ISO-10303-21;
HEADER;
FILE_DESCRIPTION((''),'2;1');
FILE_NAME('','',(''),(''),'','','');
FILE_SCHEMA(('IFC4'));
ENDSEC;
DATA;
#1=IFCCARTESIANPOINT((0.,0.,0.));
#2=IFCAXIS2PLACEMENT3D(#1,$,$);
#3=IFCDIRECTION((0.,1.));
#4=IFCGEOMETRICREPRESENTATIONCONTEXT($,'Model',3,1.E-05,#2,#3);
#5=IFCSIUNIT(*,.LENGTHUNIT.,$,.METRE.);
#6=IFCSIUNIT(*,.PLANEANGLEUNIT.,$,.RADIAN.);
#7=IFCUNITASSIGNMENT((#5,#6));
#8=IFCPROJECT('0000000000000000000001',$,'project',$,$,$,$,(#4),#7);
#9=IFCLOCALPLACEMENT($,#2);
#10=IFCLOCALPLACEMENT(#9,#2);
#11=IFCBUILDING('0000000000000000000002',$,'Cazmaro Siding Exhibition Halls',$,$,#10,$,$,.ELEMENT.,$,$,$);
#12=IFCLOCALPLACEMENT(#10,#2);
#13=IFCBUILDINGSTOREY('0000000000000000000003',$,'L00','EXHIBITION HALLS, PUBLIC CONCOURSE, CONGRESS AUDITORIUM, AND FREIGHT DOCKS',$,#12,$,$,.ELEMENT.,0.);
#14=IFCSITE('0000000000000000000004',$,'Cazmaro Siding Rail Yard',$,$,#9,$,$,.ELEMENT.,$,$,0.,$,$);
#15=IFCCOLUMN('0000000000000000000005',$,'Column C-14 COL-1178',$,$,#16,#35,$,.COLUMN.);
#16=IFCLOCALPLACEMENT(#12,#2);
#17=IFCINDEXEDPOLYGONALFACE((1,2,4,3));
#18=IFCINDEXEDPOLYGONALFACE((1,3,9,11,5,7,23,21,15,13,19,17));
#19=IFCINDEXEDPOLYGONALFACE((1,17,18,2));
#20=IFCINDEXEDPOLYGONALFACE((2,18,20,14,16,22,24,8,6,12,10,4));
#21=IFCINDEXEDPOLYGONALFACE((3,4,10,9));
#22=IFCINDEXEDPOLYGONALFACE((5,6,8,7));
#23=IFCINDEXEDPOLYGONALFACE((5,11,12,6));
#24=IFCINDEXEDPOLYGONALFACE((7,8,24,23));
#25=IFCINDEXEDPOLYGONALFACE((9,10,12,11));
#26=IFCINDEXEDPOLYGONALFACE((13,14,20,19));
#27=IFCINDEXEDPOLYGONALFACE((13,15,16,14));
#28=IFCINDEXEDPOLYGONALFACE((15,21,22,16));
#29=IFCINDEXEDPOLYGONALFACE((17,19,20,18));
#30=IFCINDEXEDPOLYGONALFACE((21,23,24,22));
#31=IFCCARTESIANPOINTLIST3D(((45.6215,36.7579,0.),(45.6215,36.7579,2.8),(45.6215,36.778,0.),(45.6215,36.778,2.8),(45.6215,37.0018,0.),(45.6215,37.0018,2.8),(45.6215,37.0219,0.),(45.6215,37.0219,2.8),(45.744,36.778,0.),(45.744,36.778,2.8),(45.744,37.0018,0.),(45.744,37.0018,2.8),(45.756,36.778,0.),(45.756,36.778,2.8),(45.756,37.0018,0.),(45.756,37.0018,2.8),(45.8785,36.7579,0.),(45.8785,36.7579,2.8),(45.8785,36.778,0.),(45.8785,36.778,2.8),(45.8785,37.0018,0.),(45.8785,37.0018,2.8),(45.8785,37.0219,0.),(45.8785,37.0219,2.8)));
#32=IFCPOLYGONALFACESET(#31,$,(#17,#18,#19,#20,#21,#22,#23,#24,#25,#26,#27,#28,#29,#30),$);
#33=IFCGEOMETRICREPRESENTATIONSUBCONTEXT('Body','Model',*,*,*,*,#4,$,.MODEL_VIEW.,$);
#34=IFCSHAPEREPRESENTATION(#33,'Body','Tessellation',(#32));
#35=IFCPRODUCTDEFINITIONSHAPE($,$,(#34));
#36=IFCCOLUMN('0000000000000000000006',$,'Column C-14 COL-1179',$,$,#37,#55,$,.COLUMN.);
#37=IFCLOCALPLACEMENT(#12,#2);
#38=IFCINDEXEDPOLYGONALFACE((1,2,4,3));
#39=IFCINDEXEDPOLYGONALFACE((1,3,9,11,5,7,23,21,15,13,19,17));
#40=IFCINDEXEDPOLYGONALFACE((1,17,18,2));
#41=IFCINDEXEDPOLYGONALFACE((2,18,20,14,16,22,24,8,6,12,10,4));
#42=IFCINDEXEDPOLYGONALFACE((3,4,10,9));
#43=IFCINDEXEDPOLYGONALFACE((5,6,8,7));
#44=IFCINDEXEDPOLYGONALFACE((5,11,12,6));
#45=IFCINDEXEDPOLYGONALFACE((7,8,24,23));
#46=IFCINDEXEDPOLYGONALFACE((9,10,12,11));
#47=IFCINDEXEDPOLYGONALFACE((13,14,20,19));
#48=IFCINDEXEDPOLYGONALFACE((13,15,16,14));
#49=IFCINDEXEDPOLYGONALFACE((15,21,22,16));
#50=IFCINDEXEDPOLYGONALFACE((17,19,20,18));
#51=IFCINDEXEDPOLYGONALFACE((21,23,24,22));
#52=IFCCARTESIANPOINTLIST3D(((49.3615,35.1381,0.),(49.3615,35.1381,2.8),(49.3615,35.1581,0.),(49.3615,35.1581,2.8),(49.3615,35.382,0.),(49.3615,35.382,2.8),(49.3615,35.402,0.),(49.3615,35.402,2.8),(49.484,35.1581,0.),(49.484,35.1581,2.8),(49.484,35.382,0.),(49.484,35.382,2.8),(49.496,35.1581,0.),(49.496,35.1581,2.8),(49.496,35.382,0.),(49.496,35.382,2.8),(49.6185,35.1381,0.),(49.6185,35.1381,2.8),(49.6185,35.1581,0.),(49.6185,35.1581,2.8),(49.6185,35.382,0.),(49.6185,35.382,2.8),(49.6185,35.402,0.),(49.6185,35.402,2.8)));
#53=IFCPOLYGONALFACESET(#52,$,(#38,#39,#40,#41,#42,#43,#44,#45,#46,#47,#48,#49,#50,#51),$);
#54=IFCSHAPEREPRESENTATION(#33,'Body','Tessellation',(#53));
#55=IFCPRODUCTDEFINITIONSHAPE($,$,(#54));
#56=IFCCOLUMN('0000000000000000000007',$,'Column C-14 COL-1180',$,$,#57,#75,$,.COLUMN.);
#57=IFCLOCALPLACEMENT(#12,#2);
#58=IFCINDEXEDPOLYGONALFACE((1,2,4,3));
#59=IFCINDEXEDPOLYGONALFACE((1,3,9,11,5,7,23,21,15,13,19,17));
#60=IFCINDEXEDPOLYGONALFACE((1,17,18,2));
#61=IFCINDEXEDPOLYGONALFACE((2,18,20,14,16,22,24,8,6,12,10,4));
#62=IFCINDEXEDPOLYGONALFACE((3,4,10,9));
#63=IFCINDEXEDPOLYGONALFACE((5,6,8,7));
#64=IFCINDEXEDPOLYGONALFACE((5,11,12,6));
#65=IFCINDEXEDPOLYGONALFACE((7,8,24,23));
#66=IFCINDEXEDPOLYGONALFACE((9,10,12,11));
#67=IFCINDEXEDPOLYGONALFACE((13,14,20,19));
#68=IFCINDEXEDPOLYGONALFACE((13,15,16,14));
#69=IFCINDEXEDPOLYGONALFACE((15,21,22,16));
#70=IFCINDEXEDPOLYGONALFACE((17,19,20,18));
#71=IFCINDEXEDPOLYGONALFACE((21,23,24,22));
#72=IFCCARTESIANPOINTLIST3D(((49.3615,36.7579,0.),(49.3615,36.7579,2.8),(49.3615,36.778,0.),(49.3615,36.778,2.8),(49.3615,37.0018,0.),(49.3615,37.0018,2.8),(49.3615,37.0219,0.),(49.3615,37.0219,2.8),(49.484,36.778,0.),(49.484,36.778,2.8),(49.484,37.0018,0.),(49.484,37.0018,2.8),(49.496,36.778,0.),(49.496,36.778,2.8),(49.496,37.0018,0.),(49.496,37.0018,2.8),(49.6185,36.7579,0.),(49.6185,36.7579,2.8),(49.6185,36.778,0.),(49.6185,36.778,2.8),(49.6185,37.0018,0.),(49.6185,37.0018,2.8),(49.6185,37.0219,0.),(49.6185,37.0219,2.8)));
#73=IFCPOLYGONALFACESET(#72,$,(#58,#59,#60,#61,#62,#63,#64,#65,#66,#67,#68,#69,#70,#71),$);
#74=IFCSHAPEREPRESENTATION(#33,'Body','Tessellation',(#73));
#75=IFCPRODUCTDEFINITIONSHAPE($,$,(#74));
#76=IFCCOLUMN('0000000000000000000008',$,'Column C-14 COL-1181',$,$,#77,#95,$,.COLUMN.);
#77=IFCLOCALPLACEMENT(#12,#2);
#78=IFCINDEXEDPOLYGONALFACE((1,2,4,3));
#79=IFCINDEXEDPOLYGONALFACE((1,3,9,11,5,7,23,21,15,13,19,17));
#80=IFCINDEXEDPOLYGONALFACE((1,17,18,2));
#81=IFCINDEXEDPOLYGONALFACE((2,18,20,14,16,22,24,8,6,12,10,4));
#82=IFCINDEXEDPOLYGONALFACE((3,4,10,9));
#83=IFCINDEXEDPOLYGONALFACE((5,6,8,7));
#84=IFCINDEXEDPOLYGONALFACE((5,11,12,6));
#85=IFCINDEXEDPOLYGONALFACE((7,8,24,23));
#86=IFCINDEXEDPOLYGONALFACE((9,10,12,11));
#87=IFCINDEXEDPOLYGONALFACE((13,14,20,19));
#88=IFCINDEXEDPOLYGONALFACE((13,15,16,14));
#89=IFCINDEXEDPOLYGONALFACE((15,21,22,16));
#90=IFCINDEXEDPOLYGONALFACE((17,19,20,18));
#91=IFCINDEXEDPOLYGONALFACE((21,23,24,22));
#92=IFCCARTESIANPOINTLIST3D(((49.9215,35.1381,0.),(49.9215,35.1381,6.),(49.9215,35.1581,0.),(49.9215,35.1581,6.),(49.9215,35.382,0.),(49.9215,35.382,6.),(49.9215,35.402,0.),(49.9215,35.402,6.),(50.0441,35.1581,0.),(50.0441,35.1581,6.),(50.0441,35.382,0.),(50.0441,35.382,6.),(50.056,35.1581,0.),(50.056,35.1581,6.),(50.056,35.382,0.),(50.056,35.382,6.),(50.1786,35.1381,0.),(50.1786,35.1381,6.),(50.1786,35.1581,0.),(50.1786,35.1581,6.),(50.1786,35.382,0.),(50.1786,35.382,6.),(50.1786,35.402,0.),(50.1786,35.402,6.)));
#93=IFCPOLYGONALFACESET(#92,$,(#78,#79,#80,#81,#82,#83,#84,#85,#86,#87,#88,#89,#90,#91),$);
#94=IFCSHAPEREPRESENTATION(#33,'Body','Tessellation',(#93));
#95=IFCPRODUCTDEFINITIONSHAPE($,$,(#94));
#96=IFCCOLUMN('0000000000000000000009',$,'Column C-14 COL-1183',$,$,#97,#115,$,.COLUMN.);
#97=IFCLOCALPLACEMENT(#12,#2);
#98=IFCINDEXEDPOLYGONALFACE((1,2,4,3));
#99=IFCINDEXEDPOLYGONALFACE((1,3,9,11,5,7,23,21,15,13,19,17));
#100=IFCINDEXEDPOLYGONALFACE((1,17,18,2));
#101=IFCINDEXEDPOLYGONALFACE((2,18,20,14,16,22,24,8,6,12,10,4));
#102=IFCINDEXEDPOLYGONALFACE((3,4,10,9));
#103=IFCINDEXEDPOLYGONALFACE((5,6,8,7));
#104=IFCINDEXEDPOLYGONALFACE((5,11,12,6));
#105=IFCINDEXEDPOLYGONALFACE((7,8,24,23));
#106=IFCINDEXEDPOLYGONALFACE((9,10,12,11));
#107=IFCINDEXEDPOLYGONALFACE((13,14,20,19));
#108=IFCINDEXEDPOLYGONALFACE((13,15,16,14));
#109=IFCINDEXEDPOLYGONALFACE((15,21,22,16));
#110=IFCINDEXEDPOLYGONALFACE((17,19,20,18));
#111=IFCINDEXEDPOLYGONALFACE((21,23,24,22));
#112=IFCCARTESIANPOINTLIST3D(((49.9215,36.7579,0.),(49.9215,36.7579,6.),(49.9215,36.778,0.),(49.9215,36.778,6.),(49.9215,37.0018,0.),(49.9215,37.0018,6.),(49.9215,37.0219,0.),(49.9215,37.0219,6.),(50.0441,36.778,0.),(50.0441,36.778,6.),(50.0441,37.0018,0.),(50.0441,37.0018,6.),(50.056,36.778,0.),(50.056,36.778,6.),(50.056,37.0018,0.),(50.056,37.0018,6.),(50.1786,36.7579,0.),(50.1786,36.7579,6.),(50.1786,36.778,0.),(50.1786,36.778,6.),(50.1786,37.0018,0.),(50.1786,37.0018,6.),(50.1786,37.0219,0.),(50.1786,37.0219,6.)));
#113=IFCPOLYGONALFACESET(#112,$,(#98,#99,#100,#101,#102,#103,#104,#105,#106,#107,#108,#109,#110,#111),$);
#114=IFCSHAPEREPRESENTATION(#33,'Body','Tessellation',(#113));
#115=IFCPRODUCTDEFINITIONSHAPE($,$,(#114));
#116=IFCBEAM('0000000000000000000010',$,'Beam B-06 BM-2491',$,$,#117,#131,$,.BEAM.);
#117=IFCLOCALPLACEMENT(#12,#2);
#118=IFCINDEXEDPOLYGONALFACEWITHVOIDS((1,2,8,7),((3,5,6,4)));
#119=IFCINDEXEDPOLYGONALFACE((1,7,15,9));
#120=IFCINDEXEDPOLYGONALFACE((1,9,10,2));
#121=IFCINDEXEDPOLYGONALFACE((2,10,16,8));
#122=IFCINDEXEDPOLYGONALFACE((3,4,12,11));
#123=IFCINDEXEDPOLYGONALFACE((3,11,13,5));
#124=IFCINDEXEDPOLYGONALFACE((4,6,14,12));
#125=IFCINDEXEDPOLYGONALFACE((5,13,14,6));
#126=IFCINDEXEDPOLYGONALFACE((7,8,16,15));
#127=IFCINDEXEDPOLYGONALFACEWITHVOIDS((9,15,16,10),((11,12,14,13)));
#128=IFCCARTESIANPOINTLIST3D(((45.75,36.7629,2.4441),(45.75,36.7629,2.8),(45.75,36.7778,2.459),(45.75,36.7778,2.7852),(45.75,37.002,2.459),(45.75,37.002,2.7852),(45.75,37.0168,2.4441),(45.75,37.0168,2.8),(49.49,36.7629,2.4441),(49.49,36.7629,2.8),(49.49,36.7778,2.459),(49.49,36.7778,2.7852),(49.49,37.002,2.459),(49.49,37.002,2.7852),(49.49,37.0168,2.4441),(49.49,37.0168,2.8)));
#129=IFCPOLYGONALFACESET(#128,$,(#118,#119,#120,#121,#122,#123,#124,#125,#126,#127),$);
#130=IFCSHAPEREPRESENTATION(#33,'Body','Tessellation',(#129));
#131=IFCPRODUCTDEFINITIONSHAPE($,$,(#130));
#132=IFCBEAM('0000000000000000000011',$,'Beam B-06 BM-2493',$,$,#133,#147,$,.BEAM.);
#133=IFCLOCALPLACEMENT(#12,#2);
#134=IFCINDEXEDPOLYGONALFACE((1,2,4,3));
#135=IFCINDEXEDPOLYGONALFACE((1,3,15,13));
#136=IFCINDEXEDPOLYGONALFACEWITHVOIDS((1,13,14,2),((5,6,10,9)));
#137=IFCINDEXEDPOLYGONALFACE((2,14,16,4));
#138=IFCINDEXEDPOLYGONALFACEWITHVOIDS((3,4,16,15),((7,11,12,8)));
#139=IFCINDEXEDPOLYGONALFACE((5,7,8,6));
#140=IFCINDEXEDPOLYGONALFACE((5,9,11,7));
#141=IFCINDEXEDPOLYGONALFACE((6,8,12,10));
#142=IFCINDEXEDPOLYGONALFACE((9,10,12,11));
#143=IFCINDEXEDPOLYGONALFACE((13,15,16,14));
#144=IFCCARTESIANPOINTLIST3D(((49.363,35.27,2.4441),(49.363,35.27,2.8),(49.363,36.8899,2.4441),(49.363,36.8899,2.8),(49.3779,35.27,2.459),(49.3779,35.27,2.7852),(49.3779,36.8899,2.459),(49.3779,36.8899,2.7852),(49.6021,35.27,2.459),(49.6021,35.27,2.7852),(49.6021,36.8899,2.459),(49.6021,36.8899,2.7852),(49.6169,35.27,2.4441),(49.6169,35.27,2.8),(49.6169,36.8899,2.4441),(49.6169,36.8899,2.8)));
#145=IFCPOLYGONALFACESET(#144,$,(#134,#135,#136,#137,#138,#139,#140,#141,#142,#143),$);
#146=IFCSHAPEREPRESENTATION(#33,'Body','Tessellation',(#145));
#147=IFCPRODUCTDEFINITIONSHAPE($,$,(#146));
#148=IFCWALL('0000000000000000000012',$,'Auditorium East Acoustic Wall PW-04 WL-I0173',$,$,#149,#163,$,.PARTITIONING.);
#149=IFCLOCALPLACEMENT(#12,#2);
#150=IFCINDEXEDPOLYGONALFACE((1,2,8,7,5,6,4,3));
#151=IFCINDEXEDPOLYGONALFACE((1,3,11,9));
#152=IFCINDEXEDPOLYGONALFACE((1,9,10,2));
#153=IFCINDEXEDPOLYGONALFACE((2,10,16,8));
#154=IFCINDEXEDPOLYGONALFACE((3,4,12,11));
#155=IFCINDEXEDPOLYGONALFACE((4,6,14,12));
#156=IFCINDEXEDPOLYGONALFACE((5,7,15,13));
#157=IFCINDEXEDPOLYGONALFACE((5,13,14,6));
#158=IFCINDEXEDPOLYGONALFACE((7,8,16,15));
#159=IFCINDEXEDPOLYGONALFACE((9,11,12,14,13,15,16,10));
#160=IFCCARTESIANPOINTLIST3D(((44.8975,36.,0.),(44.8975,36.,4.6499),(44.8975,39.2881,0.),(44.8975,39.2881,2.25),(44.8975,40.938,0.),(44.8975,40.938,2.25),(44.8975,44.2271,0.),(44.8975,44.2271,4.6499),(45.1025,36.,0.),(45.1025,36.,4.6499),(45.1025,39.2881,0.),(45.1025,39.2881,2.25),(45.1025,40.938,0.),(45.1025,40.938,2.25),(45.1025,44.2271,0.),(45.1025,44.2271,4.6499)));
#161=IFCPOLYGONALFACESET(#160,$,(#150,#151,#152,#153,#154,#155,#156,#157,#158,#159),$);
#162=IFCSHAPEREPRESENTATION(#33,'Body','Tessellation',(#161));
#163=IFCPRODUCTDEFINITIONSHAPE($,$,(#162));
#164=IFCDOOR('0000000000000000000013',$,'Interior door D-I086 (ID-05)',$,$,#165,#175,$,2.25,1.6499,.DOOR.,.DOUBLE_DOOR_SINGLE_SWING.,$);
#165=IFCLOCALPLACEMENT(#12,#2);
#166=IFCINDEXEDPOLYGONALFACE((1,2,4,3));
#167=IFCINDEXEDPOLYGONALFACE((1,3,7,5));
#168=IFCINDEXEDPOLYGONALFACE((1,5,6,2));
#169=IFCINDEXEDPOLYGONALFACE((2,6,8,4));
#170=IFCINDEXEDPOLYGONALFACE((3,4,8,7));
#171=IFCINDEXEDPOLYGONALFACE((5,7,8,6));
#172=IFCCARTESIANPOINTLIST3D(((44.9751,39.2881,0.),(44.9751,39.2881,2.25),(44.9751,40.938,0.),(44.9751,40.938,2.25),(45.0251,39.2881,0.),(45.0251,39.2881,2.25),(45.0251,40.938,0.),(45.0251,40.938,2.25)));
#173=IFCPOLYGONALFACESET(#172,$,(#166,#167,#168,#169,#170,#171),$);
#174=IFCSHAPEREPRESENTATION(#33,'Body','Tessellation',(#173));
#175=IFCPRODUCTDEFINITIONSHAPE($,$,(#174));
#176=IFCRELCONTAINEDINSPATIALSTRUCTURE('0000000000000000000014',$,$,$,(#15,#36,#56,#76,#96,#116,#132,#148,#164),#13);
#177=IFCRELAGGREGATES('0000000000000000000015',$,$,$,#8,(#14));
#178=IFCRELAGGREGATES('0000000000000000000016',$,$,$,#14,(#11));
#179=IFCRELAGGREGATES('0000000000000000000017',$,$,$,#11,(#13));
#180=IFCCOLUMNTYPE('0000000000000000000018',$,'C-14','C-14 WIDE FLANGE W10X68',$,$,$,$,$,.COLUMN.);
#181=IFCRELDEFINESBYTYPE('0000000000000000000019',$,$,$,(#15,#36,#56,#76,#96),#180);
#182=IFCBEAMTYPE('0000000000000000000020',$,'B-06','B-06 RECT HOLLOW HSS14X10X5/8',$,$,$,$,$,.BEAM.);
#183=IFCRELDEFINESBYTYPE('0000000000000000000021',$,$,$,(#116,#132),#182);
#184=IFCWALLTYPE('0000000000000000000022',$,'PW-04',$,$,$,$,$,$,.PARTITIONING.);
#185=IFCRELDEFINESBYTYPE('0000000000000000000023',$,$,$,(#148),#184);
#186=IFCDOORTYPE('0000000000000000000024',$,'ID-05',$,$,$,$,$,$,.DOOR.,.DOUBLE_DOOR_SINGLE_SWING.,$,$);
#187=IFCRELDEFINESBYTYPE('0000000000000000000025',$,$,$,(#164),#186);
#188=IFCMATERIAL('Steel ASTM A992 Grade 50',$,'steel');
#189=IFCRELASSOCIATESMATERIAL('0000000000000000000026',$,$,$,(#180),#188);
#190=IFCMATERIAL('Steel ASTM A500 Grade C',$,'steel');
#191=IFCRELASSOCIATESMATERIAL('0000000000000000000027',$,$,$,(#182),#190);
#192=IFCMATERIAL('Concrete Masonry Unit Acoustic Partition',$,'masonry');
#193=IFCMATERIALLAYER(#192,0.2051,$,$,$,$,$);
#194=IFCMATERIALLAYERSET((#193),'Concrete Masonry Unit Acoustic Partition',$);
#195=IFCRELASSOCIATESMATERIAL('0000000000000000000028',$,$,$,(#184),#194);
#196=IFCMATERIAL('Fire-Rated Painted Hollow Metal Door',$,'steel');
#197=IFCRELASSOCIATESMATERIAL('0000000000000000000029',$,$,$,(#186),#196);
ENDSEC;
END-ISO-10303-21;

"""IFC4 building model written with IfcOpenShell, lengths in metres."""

from ifc_helpers import new_model, si_unit, direction, frame, frame_2d, origin, origin_2d, place, context, subcontext, project, spatial, rectangle, hollow_rectangle, i_section, extrude, material, layer, layer_set, material_profile, profile_set, type_object, element, fill, save


model = new_model("IFC4")

# Units and contexts
model_context = context("Model", 3, precision=1e-05, world=origin(), true_north=direction((0.0, 1.0)))
body_context = subcontext(model_context, "Body", "Model", "MODEL_VIEW")
ifc_project = project(units=[si_unit("LENGTHUNIT", "METRE"), si_unit("PLANEANGLEUNIT", "RADIAN")], contexts=[model_context])

# Site, building, storey
site_placement = place(None, origin())
site = spatial("IfcSite", under=ifc_project, at=site_placement, Name="Cazmaro Siding Rail Yard", CompositionType="ELEMENT", RefElevation=0.0)
building_placement = place(site_placement, origin())
building = spatial("IfcBuilding", under=site, at=building_placement, Name="Cazmaro Siding Exhibition Halls", CompositionType="ELEMENT")
storey_placement = place(building_placement, origin())
storey = spatial("IfcBuildingStorey", under=building, at=storey_placement, Name="L00", Description="EXHIBITION HALLS, PUBLIC CONCOURSE, CONGRESS AUDITORIUM, AND FREIGHT DOCKS", CompositionType="ELEMENT", Elevation=0.0)

# Columns
ifc_material_1 = material(Name="Steel ASTM A992 Grade 50", Category="steel")
ifc_material_profile_1 = material_profile(ifc_material_1, i_section(OverallWidth=0.2571, OverallDepth=0.2639, WebThickness=0.012, FlangeThickness=0.02, at=origin_2d()), Name="W10X68")
ifc_profile_set_1 = profile_set([ifc_material_profile_1], Name="Steel ASTM A992 Grade 50")
column_type_1 = type_object("IfcColumnType", Name="C-14", Description="C-14 WIDE FLANGE W10X68", PredefinedType="COLUMN", material=ifc_profile_set_1)
for number, where, z_axis, x_axis, name in (
    (1, (45.75, 36.8899, 0.0), (0.0, 0.0, 1.0), (1.0, 0.0, 0.0), "Column C-14 COL-1178"),
    (2, (49.49, 35.27, 0.0), (0.0, 0.0, 1.0), (1.0, 0.0, 0.0), "Column C-14 COL-1179"),
    (3, (49.49, 36.8899, 0.0), (0.0, 0.0, 1.0), (1.0, 0.0, 0.0), "Column C-14 COL-1180"),
):
    element("IfcColumn", number, at=place(storey_placement, frame(where, z_axis=z_axis, x_axis=x_axis)), inside=storey, type_object=column_type_1, Name=name, PredefinedType="COLUMN", context=body_context, shape_type="SweptSolid", body=[
        extrude(i_section(OverallWidth=0.2571, OverallDepth=0.2639, WebThickness=0.012, FlangeThickness=0.02, at=origin_2d()), origin(), (0.0, 0.0, 1.0), 2.8),
    ])
for number, where, z_axis, x_axis, name in (
    (4, (50.05, 35.27, 0.0), (0.0, 0.0, 1.0), (1.0, 0.0, 0.0), "Column C-14 COL-1181"),
    (5, (50.05, 36.8899, 0.0), (0.0, 0.0, 1.0), (1.0, 0.0, 0.0), "Column C-14 COL-1183"),
):
    element("IfcColumn", number, at=place(storey_placement, frame(where, z_axis=z_axis, x_axis=x_axis)), inside=storey, type_object=column_type_1, Name=name, PredefinedType="COLUMN", context=body_context, shape_type="SweptSolid", body=[
        extrude(i_section(OverallWidth=0.2571, OverallDepth=0.2639, WebThickness=0.012, FlangeThickness=0.02, at=origin_2d()), origin(), (0.0, 0.0, 1.0), 6.0),
    ])

# Beams
ifc_material_2 = material(Name="Steel ASTM A500 Grade C", Category="steel")
ifc_material_profile_2 = material_profile(ifc_material_2, hollow_rectangle(XDim=0.2539, YDim=0.356, WallThickness=0.0149, at=origin_2d()), Name="HSS14X10X5/8")
ifc_profile_set_2 = profile_set([ifc_material_profile_2], Name="Steel ASTM A500 Grade C")
beam_type = type_object("IfcBeamType", Name="B-06", Description="B-06 RECT HOLLOW HSS14X10X5/8", PredefinedType="BEAM", material=ifc_profile_set_2)
beam_1_placement = place(storey_placement, frame((45.75, 36.8899, 2.6221), z_axis=(1.0, 0.0, 0.0), x_axis=(0.0, 1.0, 0.0)))
element("IfcBeam", 6, at=beam_1_placement, inside=storey, type_object=beam_type, Name="Beam B-06 BM-2491", PredefinedType="BEAM", context=body_context, shape_type="SweptSolid", body=[
    extrude(hollow_rectangle(XDim=0.2539, YDim=0.356, WallThickness=0.0149, at=origin_2d()), origin(), (0.0, 0.0, 1.0), 3.74),
])
beam_2_placement = place(storey_placement, frame((49.49, 35.27, 2.6221), z_axis=(0.0, 1.0, 0.0), x_axis=(-1.0, 0.0, 0.0)))
element("IfcBeam", 7, at=beam_2_placement, inside=storey, type_object=beam_type, Name="Beam B-06 BM-2493", PredefinedType="BEAM", context=body_context, shape_type="SweptSolid", body=[
    extrude(hollow_rectangle(XDim=0.2539, YDim=0.356, WallThickness=0.0149, at=origin_2d()), origin(), (0.0, 0.0, 1.0), 1.6199),
])

# Wall, opening, door
ifc_material_3 = material(Name="Concrete Masonry Unit Acoustic Partition", Category="masonry")
ifc_layer = layer(ifc_material_3, 0.2051)
ifc_layer_set = layer_set([ifc_layer], Name="Concrete Masonry Unit Acoustic Partition")
wall_type = type_object("IfcWallType", Name="PW-04", PredefinedType="PARTITIONING", material=ifc_layer_set)
wall_placement = place(storey_placement, frame((45.0, 36.0, 0.0), z_axis=(0.0, 0.0, 1.0), x_axis=(0.0, 1.0, 0.0)))
wall = element("IfcWall", 8, at=wall_placement, inside=storey, type_object=wall_type, Name="Auditorium East Acoustic Wall PW-04 WL-I0173", PredefinedType="PARTITIONING", context=body_context, shape_type="SweptSolid", body=[
    extrude(rectangle(XDim=8.2271, YDim=0.2051, at=frame_2d((4.1135, 0.0))), origin(), (0.0, 0.0, 1.0), 4.6499),
])
opening_placement = place(wall_placement, frame((3.2881, 0.0, 0.0)))
opening = element("IfcOpeningElement", 9, at=opening_placement, cuts=wall, PredefinedType="OPENING", context=body_context, shape_type="SweptSolid", body=[
    extrude(rectangle(XDim=1.6499, YDim=2.25, at=frame_2d((0.825, 1.125))), frame((0.0, 0.1125, 0.0), z_axis=(0.0, -1.0, 0.0), x_axis=(1.0, 0.0, 0.0)), (0.0, 0.0, 1.0), 0.2251),
])
ifc_material_4 = material(Name="Fire-Rated Painted Hollow Metal Door", Category="steel")
door_type = type_object("IfcDoorType", Name="ID-05", OperationType="DOUBLE_DOOR_SINGLE_SWING", PredefinedType="DOOR", material=ifc_material_4)
door_placement = place(opening_placement, origin())
door = element("IfcDoor", 10, at=door_placement, inside=storey, type_object=door_type, Name="Interior door D-I086 (ID-05)", OperationType="DOUBLE_DOOR_SINGLE_SWING", OverallHeight=2.25, OverallWidth=1.6499, PredefinedType="DOOR", context=body_context, shape_type="SweptSolid", body=[
    extrude(rectangle(XDim=1.6499, YDim=2.25, at=frame_2d((0.825, 1.125))), frame((0.0, 0.0249, 0.0), z_axis=(0.0, -1.0, 0.0), x_axis=(1.0, 0.0, 0.0)), (0.0, 0.0, 1.0), 0.05),
])
fill(opening, door)

save(model, "model.ifc")
